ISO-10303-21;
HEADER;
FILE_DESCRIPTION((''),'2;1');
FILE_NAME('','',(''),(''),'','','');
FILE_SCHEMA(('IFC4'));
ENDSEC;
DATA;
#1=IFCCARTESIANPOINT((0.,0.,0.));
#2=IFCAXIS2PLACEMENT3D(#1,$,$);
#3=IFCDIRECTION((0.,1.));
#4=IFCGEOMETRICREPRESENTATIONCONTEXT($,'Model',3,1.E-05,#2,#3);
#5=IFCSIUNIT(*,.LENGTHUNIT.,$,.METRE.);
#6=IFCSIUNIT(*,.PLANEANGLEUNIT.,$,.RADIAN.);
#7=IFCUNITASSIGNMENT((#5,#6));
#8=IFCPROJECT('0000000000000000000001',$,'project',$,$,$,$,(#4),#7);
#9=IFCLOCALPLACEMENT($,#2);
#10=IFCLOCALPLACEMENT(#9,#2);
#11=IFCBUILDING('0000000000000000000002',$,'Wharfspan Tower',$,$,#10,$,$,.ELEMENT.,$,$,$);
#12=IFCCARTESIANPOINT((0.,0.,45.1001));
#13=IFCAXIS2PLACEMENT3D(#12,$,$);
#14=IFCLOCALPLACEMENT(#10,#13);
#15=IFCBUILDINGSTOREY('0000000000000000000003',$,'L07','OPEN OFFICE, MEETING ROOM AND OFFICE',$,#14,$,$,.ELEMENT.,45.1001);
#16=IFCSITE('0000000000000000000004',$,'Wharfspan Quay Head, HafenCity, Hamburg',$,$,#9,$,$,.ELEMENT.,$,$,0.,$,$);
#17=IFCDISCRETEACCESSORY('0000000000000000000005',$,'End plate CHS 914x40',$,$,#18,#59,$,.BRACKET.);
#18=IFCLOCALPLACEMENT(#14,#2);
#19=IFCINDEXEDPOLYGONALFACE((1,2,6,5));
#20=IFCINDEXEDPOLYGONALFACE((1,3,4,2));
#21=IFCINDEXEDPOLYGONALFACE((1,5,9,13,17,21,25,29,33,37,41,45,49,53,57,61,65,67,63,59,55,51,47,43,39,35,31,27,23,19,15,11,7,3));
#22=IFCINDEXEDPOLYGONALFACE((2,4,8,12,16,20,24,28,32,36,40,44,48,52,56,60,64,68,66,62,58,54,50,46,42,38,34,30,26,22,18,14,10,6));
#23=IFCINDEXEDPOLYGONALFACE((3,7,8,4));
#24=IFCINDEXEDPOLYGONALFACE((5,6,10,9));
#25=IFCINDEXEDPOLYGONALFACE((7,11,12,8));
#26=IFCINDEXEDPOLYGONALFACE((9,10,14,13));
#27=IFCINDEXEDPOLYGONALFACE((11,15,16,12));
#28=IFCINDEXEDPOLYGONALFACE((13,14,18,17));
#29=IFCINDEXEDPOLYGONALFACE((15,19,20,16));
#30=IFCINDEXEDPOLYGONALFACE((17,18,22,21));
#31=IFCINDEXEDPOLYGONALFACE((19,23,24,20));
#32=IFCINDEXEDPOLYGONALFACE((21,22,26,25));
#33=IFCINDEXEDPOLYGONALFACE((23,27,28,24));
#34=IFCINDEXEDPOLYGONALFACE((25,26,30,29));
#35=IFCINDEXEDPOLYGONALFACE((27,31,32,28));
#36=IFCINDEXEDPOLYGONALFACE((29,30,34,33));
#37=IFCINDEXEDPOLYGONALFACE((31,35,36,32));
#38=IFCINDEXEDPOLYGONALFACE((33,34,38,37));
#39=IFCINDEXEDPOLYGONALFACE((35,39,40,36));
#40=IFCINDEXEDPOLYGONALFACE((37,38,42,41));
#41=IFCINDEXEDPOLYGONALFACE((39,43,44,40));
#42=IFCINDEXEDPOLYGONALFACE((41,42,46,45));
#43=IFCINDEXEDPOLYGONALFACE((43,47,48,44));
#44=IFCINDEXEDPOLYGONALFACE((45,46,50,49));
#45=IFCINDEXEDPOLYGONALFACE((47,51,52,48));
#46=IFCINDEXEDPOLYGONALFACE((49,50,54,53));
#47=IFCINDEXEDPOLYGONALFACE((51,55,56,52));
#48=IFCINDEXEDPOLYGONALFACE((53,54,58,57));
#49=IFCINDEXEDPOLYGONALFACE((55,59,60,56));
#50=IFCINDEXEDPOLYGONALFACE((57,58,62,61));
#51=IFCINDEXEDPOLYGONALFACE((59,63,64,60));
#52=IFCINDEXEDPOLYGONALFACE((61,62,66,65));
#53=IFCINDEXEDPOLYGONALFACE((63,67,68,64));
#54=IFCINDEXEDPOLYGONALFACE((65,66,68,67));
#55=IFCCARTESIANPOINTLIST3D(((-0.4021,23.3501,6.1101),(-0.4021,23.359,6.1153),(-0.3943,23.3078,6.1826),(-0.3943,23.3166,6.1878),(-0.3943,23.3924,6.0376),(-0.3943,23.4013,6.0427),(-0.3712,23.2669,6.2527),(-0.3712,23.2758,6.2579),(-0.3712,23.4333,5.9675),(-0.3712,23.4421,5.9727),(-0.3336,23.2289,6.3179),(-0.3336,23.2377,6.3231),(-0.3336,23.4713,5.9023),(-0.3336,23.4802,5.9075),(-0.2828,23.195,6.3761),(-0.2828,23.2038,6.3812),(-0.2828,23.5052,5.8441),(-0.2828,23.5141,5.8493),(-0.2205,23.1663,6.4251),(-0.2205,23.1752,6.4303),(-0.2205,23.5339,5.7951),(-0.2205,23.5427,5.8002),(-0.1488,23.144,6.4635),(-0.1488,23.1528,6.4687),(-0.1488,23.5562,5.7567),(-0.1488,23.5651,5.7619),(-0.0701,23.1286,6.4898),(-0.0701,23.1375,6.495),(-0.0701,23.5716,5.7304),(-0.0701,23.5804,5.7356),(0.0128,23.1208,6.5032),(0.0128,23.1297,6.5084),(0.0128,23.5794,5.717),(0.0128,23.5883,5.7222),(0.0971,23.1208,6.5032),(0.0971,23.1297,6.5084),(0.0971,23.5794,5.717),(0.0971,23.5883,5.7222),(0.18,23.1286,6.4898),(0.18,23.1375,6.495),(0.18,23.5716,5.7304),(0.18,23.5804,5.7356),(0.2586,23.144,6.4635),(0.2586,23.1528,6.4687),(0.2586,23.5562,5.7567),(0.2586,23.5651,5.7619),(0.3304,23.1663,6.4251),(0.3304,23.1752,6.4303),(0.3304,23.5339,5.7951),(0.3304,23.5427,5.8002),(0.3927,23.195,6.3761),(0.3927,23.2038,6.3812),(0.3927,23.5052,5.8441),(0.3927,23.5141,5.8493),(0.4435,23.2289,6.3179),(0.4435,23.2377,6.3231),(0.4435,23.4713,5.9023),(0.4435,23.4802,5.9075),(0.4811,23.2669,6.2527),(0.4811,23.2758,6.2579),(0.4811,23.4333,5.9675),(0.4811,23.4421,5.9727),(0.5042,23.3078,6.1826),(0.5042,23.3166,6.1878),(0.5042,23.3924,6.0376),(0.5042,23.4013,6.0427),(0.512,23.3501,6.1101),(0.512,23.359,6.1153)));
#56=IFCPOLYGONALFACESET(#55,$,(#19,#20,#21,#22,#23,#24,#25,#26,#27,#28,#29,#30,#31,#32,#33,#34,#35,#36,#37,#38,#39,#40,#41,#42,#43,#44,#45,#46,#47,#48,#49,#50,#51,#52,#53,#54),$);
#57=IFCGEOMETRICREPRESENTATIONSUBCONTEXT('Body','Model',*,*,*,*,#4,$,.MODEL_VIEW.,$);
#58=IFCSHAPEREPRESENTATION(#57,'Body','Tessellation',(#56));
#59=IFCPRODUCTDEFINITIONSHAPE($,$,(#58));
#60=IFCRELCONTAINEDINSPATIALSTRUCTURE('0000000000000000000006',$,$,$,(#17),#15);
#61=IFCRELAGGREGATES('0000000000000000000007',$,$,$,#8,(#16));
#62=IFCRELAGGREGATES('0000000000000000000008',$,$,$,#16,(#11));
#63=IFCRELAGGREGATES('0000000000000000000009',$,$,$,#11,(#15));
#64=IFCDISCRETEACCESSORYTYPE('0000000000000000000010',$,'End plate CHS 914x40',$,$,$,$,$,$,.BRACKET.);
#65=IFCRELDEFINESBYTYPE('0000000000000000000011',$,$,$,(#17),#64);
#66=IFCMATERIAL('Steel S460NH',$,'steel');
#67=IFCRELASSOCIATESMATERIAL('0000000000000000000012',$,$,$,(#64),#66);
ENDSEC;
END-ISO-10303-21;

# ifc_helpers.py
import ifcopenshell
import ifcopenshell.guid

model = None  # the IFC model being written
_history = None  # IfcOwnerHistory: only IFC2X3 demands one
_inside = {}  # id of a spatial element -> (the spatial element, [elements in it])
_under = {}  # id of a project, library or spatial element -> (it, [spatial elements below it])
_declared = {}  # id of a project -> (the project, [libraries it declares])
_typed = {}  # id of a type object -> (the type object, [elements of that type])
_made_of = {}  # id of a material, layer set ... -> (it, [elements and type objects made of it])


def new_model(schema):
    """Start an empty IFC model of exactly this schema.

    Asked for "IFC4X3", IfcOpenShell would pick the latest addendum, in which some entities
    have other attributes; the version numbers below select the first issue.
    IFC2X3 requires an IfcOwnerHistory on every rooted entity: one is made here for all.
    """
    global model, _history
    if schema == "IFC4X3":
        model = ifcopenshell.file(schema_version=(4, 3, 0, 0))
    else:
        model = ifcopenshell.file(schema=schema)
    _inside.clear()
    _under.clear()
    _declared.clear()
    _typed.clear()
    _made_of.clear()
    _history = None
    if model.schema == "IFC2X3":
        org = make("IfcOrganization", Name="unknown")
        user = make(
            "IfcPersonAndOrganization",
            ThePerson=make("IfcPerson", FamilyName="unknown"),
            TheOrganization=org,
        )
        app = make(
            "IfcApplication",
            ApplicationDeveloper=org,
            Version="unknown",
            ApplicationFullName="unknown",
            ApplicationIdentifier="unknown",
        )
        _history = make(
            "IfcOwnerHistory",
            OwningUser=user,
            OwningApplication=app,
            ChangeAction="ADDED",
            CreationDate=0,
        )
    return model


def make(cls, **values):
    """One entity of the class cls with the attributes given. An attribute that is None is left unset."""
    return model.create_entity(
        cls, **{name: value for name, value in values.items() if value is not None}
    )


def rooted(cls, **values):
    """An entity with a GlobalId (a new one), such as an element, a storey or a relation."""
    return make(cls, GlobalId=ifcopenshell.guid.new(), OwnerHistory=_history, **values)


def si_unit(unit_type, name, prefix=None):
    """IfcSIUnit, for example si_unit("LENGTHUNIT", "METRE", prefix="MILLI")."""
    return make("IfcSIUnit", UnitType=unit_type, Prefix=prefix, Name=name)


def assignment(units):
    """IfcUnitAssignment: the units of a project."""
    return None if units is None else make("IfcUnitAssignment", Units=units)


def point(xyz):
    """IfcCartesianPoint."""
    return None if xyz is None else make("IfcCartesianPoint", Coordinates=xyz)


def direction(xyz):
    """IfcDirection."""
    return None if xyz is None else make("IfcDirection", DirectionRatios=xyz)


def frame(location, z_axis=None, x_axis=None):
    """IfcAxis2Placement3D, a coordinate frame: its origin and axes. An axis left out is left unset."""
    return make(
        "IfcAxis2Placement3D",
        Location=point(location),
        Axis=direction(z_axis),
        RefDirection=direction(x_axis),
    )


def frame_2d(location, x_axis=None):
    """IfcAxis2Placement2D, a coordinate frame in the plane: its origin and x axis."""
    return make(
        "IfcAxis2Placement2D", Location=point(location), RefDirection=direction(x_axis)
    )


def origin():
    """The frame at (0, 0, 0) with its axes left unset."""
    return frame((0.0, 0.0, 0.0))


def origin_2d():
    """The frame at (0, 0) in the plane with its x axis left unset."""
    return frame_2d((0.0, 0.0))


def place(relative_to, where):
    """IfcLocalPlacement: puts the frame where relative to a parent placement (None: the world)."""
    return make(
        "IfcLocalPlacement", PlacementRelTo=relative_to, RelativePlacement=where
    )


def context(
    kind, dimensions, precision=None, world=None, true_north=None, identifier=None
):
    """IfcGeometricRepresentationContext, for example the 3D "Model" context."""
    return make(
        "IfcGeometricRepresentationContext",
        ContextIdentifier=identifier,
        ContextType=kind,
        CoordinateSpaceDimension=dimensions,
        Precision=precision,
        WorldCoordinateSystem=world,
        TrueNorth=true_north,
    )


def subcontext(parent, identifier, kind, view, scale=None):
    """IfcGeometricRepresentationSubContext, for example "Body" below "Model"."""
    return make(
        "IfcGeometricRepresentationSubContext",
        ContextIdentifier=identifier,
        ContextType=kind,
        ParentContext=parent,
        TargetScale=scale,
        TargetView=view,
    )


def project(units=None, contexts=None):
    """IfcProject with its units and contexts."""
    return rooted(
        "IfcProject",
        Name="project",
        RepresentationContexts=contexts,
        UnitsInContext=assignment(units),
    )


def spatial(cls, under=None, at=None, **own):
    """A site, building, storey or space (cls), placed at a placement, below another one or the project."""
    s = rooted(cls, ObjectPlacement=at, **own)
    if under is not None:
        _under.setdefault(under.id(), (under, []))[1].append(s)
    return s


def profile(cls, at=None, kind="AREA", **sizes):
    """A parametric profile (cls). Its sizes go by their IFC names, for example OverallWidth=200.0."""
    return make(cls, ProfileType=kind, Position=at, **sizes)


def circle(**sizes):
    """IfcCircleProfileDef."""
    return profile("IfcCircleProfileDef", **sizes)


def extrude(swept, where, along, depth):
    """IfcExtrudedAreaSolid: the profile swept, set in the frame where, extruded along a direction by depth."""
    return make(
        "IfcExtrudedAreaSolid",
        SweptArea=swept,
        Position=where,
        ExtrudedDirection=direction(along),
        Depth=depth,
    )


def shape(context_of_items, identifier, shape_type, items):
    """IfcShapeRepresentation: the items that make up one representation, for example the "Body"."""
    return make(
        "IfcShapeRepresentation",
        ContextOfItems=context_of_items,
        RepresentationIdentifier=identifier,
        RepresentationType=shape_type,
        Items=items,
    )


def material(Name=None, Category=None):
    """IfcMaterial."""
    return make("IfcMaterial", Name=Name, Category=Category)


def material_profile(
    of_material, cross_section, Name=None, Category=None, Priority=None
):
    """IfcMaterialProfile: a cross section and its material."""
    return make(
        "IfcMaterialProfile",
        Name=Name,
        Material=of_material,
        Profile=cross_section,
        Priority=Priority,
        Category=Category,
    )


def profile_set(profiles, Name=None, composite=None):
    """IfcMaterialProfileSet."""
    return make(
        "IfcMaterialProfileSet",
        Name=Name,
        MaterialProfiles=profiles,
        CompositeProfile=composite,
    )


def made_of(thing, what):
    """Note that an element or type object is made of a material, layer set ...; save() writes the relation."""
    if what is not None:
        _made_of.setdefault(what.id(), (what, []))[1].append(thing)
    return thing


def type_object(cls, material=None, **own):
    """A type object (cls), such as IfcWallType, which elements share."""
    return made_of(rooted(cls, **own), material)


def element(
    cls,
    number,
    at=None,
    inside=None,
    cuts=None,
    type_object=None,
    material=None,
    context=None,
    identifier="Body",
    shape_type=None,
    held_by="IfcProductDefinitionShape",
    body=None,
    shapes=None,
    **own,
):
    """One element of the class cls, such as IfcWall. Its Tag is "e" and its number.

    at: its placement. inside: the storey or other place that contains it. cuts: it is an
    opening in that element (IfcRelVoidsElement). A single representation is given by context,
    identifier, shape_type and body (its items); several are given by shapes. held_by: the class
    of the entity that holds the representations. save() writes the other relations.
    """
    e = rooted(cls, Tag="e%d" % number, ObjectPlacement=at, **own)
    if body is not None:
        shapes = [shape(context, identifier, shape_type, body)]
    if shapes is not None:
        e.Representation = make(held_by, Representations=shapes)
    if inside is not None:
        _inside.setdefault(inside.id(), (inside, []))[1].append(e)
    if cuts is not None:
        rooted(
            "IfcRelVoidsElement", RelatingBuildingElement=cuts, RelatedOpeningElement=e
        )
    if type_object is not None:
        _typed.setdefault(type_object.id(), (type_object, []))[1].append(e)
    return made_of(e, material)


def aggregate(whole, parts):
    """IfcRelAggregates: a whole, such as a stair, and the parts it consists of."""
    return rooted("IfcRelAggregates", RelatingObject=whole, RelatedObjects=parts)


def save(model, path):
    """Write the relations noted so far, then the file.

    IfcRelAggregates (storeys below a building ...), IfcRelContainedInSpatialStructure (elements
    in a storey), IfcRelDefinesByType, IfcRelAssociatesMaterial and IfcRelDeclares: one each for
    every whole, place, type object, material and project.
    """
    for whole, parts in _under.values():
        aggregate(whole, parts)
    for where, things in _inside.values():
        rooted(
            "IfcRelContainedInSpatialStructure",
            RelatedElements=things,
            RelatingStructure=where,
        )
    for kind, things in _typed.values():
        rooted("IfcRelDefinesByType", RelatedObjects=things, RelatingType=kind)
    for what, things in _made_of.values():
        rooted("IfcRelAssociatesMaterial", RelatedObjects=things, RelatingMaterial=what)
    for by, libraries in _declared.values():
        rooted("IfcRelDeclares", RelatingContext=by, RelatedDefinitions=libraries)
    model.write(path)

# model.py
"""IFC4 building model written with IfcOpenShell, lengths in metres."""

from ifc_helpers import new_model, si_unit, direction, frame, origin, origin_2d, place, context, subcontext, project, spatial, circle, extrude, material, material_profile, profile_set, type_object, element, save


model = new_model("IFC4")

# Units and contexts
model_context = context("Model", 3, precision=1e-05, world=origin(), true_north=direction((0.0, 1.0)))
body_context = subcontext(model_context, "Body", "Model", "MODEL_VIEW")
ifc_project = project(units=[si_unit("LENGTHUNIT", "METRE"), si_unit("PLANEANGLEUNIT", "RADIAN")], contexts=[model_context])

# Site, building, storey
site_placement = place(None, origin())
site = spatial("IfcSite", under=ifc_project, at=site_placement, Name="Wharfspan Quay Head, HafenCity, Hamburg", CompositionType="ELEMENT", RefElevation=0.0)
building_placement = place(site_placement, origin())
building = spatial("IfcBuilding", under=site, at=building_placement, Name="Wharfspan Tower", CompositionType="ELEMENT")
storey_placement = place(building_placement, frame((0.0, 0.0, 45.1001)))
storey = spatial("IfcBuildingStorey", under=building, at=storey_placement, Name="L07", Description="OPEN OFFICE, MEETING ROOM AND OFFICE", CompositionType="ELEMENT", Elevation=45.1001)

# Shared definitions
ifc_material_1 = material(Name="Steel S460NH", Category="steel")

# Discrete accessory
ifc_material_profile_1 = material_profile(ifc_material_1, circle(Radius=0.457, at=origin_2d()))
ifc_profile_set_1 = profile_set([ifc_material_profile_1], Name="Steel S460NH")
discrete_accessory_type = type_object("IfcDiscreteAccessoryType", Name="End plate CHS 914x40", PredefinedType="BRACKET", material=ifc_profile_set_1)
for number, where, z_axis, x_axis, name in (
    (1, (0.0549, 23.3501, 6.1101), (0.0, 0.863779, 0.503871), (-1.0, 0.0, 0.0), "End plate CHS 914x40"),
):
    element("IfcDiscreteAccessory", number, at=place(storey_placement, frame(where, z_axis=z_axis, x_axis=x_axis)), inside=storey, type_object=discrete_accessory_type, Name=name, PredefinedType="BRACKET", context=body_context, shape_type="SweptSolid", body=[
        extrude(circle(Radius=0.457, at=origin_2d()), origin(), (0.0, 0.0, 1.0), 0.0103),
    ])

save(model, "model.ifc")
